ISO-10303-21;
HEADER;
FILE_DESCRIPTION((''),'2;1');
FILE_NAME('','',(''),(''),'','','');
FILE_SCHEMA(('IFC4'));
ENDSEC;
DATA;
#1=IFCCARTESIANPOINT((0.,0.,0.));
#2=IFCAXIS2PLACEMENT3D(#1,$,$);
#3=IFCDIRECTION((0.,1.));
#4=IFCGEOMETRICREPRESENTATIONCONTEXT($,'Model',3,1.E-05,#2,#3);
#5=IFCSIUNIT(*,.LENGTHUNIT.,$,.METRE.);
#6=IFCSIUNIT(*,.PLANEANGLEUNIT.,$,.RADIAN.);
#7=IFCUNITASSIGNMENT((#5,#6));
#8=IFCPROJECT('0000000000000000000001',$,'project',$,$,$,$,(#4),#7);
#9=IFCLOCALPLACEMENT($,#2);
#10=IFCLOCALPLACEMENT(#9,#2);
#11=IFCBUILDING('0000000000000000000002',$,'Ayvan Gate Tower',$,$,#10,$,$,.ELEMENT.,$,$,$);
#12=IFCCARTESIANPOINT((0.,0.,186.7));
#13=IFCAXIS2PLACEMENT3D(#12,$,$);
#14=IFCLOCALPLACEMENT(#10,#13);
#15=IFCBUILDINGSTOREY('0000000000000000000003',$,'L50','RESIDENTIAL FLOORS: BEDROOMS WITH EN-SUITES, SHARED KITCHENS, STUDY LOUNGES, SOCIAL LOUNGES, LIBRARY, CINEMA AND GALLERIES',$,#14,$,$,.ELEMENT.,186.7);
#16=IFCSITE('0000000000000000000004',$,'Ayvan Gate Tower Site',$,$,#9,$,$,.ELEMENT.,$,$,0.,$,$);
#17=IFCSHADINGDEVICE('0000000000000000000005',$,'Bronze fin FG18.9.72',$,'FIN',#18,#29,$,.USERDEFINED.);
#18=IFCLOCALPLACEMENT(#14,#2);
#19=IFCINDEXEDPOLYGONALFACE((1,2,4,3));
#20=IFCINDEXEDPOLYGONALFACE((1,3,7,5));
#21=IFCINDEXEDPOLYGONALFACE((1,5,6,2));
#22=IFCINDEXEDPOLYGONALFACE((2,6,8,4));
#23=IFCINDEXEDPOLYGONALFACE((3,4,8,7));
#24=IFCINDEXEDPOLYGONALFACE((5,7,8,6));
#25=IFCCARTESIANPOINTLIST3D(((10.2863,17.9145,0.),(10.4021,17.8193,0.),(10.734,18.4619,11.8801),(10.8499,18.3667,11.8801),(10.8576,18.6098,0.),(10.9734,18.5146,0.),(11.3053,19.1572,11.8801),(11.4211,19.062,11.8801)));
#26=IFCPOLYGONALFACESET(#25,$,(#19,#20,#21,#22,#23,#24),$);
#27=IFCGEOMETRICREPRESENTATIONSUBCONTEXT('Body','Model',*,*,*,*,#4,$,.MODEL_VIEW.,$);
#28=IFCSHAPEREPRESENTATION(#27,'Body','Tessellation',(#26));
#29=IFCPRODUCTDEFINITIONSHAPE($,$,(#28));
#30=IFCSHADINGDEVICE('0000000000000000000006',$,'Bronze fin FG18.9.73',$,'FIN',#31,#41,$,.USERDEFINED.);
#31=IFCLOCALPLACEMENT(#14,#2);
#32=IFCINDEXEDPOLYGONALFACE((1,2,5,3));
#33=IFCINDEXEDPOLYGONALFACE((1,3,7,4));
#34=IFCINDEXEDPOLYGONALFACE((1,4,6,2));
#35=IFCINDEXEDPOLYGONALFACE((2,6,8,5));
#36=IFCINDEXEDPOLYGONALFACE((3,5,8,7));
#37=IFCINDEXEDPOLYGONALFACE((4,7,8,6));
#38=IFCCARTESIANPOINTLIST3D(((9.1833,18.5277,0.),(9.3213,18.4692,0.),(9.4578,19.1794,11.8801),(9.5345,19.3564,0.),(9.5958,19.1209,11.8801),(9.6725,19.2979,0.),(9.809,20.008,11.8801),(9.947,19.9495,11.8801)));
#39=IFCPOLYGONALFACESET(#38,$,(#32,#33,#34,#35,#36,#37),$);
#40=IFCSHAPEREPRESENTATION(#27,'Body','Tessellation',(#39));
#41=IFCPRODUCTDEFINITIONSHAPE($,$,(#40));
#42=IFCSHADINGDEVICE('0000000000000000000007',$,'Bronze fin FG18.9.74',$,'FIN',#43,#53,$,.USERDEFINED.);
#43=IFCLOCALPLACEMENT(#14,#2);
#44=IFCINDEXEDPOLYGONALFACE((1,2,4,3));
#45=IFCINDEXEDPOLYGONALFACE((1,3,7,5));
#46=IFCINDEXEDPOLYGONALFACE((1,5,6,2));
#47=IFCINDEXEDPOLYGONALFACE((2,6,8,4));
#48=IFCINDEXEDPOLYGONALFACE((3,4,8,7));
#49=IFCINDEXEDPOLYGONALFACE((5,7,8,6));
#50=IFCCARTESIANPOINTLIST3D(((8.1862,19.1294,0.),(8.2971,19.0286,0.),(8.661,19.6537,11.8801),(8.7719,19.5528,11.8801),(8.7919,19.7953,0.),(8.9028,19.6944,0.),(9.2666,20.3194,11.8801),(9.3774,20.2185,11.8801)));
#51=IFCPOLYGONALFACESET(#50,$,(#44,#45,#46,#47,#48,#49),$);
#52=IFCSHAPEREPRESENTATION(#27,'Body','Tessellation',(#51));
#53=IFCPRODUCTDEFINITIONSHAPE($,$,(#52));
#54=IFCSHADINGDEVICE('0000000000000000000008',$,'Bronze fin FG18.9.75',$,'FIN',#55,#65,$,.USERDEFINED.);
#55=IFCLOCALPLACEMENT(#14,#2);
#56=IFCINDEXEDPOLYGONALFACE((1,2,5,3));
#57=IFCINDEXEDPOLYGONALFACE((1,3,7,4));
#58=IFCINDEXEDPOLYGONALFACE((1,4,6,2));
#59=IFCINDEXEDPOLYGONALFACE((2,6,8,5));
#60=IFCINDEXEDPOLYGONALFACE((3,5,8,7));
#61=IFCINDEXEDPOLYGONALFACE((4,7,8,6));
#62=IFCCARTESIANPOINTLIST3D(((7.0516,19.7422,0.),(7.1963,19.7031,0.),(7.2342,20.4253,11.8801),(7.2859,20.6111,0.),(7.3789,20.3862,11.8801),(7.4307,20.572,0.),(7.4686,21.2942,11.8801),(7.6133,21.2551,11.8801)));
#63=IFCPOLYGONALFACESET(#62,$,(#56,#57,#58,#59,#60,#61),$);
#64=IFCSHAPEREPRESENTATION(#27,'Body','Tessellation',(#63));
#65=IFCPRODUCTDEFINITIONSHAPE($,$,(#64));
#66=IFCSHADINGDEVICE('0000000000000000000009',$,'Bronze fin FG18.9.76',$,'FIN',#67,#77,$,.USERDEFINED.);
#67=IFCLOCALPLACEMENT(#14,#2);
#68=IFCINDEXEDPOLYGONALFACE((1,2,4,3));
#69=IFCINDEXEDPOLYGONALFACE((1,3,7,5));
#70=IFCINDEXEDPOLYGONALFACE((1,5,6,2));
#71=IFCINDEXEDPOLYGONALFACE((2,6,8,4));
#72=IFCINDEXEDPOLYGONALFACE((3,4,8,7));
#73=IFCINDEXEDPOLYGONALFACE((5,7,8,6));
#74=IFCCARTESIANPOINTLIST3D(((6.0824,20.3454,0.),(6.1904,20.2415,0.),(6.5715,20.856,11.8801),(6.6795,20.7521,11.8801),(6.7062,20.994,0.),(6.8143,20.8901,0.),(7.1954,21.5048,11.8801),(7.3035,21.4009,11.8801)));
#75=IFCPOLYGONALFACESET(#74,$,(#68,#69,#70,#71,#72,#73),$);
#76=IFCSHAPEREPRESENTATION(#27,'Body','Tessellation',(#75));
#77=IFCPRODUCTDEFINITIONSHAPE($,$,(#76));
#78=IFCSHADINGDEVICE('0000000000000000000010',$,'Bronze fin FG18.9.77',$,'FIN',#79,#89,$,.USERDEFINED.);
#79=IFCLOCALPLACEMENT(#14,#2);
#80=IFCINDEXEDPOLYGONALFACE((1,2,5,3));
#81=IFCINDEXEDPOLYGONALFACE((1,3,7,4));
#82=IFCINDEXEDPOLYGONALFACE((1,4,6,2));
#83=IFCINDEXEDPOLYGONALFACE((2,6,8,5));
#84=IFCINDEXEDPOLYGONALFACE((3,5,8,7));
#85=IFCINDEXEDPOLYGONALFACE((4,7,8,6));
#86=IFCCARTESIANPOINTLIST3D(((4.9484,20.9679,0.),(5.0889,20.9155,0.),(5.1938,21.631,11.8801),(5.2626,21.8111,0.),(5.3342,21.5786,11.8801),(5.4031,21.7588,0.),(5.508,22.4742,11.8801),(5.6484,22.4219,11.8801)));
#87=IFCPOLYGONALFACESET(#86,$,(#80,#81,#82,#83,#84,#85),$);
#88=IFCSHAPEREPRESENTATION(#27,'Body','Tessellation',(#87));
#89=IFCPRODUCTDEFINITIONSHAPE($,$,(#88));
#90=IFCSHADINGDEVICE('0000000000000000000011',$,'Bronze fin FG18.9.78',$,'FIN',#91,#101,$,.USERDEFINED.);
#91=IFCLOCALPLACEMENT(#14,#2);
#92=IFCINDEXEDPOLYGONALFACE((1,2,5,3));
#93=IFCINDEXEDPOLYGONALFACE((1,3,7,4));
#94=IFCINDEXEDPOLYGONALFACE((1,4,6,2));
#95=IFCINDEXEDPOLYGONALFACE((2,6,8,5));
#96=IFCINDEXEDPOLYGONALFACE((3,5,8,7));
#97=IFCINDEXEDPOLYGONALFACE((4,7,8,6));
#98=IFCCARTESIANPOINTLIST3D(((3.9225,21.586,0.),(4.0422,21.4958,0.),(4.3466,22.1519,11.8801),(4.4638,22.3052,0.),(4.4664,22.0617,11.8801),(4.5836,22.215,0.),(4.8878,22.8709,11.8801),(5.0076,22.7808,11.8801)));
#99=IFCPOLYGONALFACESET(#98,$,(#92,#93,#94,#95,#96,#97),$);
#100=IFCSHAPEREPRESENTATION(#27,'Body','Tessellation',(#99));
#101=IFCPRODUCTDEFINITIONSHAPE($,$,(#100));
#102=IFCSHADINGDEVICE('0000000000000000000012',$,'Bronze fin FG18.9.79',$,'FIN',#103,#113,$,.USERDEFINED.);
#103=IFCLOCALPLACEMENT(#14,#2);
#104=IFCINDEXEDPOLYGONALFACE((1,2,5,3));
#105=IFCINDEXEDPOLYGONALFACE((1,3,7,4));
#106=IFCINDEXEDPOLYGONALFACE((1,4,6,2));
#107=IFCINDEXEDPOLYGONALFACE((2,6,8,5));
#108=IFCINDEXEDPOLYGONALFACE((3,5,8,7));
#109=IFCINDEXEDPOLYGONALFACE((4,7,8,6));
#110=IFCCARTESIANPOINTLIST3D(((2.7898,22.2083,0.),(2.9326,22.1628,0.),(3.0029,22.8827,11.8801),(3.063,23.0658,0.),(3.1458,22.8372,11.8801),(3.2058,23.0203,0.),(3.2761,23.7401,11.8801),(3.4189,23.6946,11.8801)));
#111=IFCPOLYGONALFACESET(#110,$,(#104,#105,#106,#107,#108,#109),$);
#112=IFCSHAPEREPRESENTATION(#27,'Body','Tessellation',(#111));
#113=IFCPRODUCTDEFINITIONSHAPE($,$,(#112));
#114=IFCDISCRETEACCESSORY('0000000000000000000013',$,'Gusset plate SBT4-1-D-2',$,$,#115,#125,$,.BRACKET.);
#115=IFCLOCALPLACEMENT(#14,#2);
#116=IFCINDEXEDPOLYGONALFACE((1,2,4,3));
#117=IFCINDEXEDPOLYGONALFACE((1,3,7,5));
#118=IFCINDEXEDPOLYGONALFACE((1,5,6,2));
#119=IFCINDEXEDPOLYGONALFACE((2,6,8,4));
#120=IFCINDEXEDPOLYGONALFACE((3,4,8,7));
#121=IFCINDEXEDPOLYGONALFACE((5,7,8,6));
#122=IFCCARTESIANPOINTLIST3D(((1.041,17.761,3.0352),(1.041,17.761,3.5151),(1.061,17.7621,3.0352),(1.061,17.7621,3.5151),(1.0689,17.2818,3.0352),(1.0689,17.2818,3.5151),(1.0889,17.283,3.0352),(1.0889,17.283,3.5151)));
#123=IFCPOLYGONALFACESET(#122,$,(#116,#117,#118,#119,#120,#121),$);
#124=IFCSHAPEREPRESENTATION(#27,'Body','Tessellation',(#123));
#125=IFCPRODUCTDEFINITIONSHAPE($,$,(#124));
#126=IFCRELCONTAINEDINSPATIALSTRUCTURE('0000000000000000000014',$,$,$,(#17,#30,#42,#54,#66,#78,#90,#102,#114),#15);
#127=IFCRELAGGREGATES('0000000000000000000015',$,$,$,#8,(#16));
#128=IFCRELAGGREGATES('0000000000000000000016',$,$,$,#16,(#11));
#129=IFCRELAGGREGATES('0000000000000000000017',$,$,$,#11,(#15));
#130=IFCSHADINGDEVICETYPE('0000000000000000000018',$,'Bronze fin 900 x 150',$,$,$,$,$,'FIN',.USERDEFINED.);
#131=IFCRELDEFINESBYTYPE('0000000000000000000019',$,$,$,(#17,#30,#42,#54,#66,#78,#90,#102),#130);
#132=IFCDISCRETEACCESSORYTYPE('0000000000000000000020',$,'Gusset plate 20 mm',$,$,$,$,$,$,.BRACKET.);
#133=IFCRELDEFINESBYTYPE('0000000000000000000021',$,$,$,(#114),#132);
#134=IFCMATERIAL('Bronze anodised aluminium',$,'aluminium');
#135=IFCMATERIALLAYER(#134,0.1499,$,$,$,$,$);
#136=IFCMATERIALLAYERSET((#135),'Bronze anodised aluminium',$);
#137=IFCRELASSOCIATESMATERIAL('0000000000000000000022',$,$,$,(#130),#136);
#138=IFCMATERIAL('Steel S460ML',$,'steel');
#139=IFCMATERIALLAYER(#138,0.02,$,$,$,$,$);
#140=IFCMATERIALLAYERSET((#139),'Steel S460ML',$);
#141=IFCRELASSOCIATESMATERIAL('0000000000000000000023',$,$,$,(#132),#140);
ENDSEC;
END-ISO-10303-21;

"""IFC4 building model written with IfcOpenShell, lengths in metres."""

from ifc_helpers import new_model, si_unit, direction, frame, origin, origin_2d, place, context, subcontext, project, spatial, polyline, rectangle, outline, extrude, material, layer, layer_set, type_object, element, save


model = new_model("IFC4")

# Units and contexts
model_context = context("Model", 3, precision=1e-05, world=origin(), true_north=direction((0.0, 1.0)))
body_context = subcontext(model_context, "Body", "Model", "MODEL_VIEW")
ifc_project = project(units=[si_unit("LENGTHUNIT", "METRE"), si_unit("PLANEANGLEUNIT", "RADIAN")], contexts=[model_context])

# Site, building, storey
site_placement = place(None, origin())
site = spatial("IfcSite", under=ifc_project, at=site_placement, Name="Ayvan Gate Tower Site", CompositionType="ELEMENT", RefElevation=0.0)
building_placement = place(site_placement, origin())
building = spatial("IfcBuilding", under=site, at=building_placement, Name="Ayvan Gate Tower", CompositionType="ELEMENT")
storey_placement = place(building_placement, frame((0.0, 0.0, 186.7)))
storey = spatial("IfcBuildingStorey", under=building, at=storey_placement, Name="L50", Description="RESIDENTIAL FLOORS: BEDROOMS WITH EN-SUITES, SHARED KITCHENS, STUDY LOUNGES, SOCIAL LOUNGES, LIBRARY, CINEMA AND GALLERIES", CompositionType="ELEMENT", Elevation=186.7)

# Shared definitions
ifc_material_1 = material(Name="Bronze anodised aluminium", Category="aluminium")

# Shading devices
ifc_layer_1 = layer(ifc_material_1, 0.1499)
ifc_layer_set_1 = layer_set([ifc_layer_1], Name="Bronze anodised aluminium")
shading_device_type = type_object("IfcShadingDeviceType", Name="Bronze fin 900 x 150", ElementType="FIN", PredefinedType="USERDEFINED", material=ifc_layer_set_1)
shading_device_1_placement = place(storey_placement, frame((10.4021, 17.8193, 0.0), z_axis=(0.77265, -0.634832, 0.000128), x_axis=(0.634832, 0.77265, 0.0)))
element("IfcShadingDevice", 1, at=shading_device_1_placement, inside=storey, type_object=shading_device_type, Name="Bronze fin FG18.9.72", ObjectType="FIN", PredefinedType="USERDEFINED", context=body_context, shape_type="SweptSolid", body=[
    extrude(outline(polyline([(0.0, 0.0), (0.8999, 0.0), (1.6071, 11.8801), (0.7072, 11.8801), (0.0, 0.0)])), origin(), (0.0, 0.0, -1.0), 0.1499),
])
shading_device_2_placement = place(storey_placement, frame((9.3213, 18.4692, 0.0), z_axis=(0.920716, -0.390233, 0.000127), x_axis=(0.390233, 0.920716, 0.0)))
element("IfcShadingDevice", 2, at=shading_device_2_placement, inside=storey, type_object=shading_device_type, Name="Bronze fin FG18.9.73", ObjectType="FIN", PredefinedType="USERDEFINED", context=body_context, shape_type="SweptSolid", body=[
    extrude(outline(polyline([(0.0, 0.0), (0.9, 0.0), (1.607, 11.8801), (0.7071, 11.8801), (0.0, 0.0)])), origin(), (0.0, 0.0, -1.0), 0.1499),
])
shading_device_3_placement = place(storey_placement, frame((8.2971, 19.0286, 0.0), z_axis=(0.73975, -0.672882, 0.000128), x_axis=(0.672882, 0.73975, 0.0)))
element("IfcShadingDevice", 3, at=shading_device_3_placement, inside=storey, type_object=shading_device_type, Name="Bronze fin FG18.9.74", ObjectType="FIN", PredefinedType="USERDEFINED", context=body_context, shape_type="SweptSolid", body=[
    extrude(outline(polyline([(0.0, 0.0), (0.9001, 0.0), (1.6072, 11.8801), (0.7073, 11.8801), (0.0, 0.0)])), origin(), (0.0, 0.0, -1.0), 0.1499),
])
shading_device_4_placement = place(storey_placement, frame((7.1963, 19.7031, 0.0), z_axis=(0.965493, -0.260431, 0.000134), x_axis=(0.260431, 0.965493, 0.0)))
element("IfcShadingDevice", 4, at=shading_device_4_placement, inside=storey, type_object=shading_device_type, Name="Bronze fin FG18.9.75", ObjectType="FIN", PredefinedType="USERDEFINED", context=body_context, shape_type="SweptSolid", body=[
    extrude(outline(polyline([(0.0, 0.0), (0.9, 0.0), (1.607, 11.8801), (0.7071, 11.8801), (0.0, 0.0)])), origin(), (0.0, 0.0, -1.0), 0.1499),
])
shading_device_5_placement = place(storey_placement, frame((6.1904, 20.2415, 0.0), z_axis=(0.720739, -0.693206, 0.000127), x_axis=(0.693206, 0.720739, 0.0)))
element("IfcShadingDevice", 5, at=shading_device_5_placement, inside=storey, type_object=shading_device_type, Name="Bronze fin FG18.9.76", ObjectType="FIN", PredefinedType="USERDEFINED", context=body_context, shape_type="SweptSolid", body=[
    extrude(outline(polyline([(0.0, 0.0), (0.8999, 0.0), (1.6072, 11.8801), (0.7071, 11.8801), (0.0, 0.0)])), origin(), (0.0, 0.0, -1.0), 0.1499),
])
shading_device_6_placement = place(storey_placement, frame((5.0889, 20.9155, 0.0), z_axis=(0.937063, -0.34916, 0.000135), x_axis=(0.34916, 0.937063, 0.0)))
element("IfcShadingDevice", 6, at=shading_device_6_placement, inside=storey, type_object=shading_device_type, Name="Bronze fin FG18.9.77", ObjectType="FIN", PredefinedType="USERDEFINED", context=body_context, shape_type="SweptSolid", body=[
    extrude(outline(polyline([(0.0, 0.0), (0.8999, 0.0), (1.6069, 11.8801), (0.707, 11.8801), (0.0, 0.0)])), origin(), (0.0, 0.0, -1.0), 0.1499),
])
shading_device_7_placement = place(storey_placement, frame((4.0422, 21.4958, 0.0), z_axis=(0.798973, -0.601366, 0.00012), x_axis=(0.601366, 0.798973, 0.0)))
element("IfcShadingDevice", 7, at=shading_device_7_placement, inside=storey, type_object=shading_device_type, Name="Bronze fin FG18.9.78", ObjectType="FIN", PredefinedType="USERDEFINED", context=body_context, shape_type="SweptSolid", body=[
    extrude(outline(polyline([(0.0, 0.0), (0.9001, 0.0), (1.6071, 11.8801), (0.7072, 11.8801), (0.0, 0.0)])), origin(), (0.0, 0.0, -1.0), 0.1499),
])
shading_device_8_placement = place(storey_placement, frame((2.9326, 22.1628, 0.0), z_axis=(0.952805, -0.303584, 0.000138), x_axis=(0.303584, 0.952805, 0.0)))
element("IfcShadingDevice", 8, at=shading_device_8_placement, inside=storey, type_object=shading_device_type, Name="Bronze fin FG18.9.79", ObjectType="FIN", PredefinedType="USERDEFINED", context=body_context, shape_type="SweptSolid", body=[
    extrude(outline(polyline([(0.0, 0.0), (0.8999, 0.0), (1.6071, 11.8801), (0.7072, 11.8801), (0.0, 0.0)])), origin(), (0.0, 0.0, -1.0), 0.1499),
])

# Discrete accessory
ifc_material_2 = material(Name="Steel S460ML", Category="steel")
ifc_layer_2 = layer(ifc_material_2, 0.02)
ifc_layer_set_2 = layer_set([ifc_layer_2], Name="Steel S460ML")
discrete_accessory_type = type_object("IfcDiscreteAccessoryType", Name="Gusset plate 20 mm", PredefinedType="BRACKET", material=ifc_layer_set_2)
discrete_accessory_placement = place(storey_placement, frame((1.0649, 17.522, 3.0352), z_axis=(0.0, 0.0, 1.0), x_axis=(-0.058021, 0.998315, 0.0)))
element("IfcDiscreteAccessory", 9, at=discrete_accessory_placement, inside=storey, type_object=discrete_accessory_type, Name="Gusset plate SBT4-1-D-2", PredefinedType="BRACKET", context=body_context, shape_type="SweptSolid", body=[
    extrude(rectangle(XDim=0.48, YDim=0.02, at=origin_2d()), origin(), (0.0, 0.0, 1.0), 0.48),
])

save(model, "model.ifc")
